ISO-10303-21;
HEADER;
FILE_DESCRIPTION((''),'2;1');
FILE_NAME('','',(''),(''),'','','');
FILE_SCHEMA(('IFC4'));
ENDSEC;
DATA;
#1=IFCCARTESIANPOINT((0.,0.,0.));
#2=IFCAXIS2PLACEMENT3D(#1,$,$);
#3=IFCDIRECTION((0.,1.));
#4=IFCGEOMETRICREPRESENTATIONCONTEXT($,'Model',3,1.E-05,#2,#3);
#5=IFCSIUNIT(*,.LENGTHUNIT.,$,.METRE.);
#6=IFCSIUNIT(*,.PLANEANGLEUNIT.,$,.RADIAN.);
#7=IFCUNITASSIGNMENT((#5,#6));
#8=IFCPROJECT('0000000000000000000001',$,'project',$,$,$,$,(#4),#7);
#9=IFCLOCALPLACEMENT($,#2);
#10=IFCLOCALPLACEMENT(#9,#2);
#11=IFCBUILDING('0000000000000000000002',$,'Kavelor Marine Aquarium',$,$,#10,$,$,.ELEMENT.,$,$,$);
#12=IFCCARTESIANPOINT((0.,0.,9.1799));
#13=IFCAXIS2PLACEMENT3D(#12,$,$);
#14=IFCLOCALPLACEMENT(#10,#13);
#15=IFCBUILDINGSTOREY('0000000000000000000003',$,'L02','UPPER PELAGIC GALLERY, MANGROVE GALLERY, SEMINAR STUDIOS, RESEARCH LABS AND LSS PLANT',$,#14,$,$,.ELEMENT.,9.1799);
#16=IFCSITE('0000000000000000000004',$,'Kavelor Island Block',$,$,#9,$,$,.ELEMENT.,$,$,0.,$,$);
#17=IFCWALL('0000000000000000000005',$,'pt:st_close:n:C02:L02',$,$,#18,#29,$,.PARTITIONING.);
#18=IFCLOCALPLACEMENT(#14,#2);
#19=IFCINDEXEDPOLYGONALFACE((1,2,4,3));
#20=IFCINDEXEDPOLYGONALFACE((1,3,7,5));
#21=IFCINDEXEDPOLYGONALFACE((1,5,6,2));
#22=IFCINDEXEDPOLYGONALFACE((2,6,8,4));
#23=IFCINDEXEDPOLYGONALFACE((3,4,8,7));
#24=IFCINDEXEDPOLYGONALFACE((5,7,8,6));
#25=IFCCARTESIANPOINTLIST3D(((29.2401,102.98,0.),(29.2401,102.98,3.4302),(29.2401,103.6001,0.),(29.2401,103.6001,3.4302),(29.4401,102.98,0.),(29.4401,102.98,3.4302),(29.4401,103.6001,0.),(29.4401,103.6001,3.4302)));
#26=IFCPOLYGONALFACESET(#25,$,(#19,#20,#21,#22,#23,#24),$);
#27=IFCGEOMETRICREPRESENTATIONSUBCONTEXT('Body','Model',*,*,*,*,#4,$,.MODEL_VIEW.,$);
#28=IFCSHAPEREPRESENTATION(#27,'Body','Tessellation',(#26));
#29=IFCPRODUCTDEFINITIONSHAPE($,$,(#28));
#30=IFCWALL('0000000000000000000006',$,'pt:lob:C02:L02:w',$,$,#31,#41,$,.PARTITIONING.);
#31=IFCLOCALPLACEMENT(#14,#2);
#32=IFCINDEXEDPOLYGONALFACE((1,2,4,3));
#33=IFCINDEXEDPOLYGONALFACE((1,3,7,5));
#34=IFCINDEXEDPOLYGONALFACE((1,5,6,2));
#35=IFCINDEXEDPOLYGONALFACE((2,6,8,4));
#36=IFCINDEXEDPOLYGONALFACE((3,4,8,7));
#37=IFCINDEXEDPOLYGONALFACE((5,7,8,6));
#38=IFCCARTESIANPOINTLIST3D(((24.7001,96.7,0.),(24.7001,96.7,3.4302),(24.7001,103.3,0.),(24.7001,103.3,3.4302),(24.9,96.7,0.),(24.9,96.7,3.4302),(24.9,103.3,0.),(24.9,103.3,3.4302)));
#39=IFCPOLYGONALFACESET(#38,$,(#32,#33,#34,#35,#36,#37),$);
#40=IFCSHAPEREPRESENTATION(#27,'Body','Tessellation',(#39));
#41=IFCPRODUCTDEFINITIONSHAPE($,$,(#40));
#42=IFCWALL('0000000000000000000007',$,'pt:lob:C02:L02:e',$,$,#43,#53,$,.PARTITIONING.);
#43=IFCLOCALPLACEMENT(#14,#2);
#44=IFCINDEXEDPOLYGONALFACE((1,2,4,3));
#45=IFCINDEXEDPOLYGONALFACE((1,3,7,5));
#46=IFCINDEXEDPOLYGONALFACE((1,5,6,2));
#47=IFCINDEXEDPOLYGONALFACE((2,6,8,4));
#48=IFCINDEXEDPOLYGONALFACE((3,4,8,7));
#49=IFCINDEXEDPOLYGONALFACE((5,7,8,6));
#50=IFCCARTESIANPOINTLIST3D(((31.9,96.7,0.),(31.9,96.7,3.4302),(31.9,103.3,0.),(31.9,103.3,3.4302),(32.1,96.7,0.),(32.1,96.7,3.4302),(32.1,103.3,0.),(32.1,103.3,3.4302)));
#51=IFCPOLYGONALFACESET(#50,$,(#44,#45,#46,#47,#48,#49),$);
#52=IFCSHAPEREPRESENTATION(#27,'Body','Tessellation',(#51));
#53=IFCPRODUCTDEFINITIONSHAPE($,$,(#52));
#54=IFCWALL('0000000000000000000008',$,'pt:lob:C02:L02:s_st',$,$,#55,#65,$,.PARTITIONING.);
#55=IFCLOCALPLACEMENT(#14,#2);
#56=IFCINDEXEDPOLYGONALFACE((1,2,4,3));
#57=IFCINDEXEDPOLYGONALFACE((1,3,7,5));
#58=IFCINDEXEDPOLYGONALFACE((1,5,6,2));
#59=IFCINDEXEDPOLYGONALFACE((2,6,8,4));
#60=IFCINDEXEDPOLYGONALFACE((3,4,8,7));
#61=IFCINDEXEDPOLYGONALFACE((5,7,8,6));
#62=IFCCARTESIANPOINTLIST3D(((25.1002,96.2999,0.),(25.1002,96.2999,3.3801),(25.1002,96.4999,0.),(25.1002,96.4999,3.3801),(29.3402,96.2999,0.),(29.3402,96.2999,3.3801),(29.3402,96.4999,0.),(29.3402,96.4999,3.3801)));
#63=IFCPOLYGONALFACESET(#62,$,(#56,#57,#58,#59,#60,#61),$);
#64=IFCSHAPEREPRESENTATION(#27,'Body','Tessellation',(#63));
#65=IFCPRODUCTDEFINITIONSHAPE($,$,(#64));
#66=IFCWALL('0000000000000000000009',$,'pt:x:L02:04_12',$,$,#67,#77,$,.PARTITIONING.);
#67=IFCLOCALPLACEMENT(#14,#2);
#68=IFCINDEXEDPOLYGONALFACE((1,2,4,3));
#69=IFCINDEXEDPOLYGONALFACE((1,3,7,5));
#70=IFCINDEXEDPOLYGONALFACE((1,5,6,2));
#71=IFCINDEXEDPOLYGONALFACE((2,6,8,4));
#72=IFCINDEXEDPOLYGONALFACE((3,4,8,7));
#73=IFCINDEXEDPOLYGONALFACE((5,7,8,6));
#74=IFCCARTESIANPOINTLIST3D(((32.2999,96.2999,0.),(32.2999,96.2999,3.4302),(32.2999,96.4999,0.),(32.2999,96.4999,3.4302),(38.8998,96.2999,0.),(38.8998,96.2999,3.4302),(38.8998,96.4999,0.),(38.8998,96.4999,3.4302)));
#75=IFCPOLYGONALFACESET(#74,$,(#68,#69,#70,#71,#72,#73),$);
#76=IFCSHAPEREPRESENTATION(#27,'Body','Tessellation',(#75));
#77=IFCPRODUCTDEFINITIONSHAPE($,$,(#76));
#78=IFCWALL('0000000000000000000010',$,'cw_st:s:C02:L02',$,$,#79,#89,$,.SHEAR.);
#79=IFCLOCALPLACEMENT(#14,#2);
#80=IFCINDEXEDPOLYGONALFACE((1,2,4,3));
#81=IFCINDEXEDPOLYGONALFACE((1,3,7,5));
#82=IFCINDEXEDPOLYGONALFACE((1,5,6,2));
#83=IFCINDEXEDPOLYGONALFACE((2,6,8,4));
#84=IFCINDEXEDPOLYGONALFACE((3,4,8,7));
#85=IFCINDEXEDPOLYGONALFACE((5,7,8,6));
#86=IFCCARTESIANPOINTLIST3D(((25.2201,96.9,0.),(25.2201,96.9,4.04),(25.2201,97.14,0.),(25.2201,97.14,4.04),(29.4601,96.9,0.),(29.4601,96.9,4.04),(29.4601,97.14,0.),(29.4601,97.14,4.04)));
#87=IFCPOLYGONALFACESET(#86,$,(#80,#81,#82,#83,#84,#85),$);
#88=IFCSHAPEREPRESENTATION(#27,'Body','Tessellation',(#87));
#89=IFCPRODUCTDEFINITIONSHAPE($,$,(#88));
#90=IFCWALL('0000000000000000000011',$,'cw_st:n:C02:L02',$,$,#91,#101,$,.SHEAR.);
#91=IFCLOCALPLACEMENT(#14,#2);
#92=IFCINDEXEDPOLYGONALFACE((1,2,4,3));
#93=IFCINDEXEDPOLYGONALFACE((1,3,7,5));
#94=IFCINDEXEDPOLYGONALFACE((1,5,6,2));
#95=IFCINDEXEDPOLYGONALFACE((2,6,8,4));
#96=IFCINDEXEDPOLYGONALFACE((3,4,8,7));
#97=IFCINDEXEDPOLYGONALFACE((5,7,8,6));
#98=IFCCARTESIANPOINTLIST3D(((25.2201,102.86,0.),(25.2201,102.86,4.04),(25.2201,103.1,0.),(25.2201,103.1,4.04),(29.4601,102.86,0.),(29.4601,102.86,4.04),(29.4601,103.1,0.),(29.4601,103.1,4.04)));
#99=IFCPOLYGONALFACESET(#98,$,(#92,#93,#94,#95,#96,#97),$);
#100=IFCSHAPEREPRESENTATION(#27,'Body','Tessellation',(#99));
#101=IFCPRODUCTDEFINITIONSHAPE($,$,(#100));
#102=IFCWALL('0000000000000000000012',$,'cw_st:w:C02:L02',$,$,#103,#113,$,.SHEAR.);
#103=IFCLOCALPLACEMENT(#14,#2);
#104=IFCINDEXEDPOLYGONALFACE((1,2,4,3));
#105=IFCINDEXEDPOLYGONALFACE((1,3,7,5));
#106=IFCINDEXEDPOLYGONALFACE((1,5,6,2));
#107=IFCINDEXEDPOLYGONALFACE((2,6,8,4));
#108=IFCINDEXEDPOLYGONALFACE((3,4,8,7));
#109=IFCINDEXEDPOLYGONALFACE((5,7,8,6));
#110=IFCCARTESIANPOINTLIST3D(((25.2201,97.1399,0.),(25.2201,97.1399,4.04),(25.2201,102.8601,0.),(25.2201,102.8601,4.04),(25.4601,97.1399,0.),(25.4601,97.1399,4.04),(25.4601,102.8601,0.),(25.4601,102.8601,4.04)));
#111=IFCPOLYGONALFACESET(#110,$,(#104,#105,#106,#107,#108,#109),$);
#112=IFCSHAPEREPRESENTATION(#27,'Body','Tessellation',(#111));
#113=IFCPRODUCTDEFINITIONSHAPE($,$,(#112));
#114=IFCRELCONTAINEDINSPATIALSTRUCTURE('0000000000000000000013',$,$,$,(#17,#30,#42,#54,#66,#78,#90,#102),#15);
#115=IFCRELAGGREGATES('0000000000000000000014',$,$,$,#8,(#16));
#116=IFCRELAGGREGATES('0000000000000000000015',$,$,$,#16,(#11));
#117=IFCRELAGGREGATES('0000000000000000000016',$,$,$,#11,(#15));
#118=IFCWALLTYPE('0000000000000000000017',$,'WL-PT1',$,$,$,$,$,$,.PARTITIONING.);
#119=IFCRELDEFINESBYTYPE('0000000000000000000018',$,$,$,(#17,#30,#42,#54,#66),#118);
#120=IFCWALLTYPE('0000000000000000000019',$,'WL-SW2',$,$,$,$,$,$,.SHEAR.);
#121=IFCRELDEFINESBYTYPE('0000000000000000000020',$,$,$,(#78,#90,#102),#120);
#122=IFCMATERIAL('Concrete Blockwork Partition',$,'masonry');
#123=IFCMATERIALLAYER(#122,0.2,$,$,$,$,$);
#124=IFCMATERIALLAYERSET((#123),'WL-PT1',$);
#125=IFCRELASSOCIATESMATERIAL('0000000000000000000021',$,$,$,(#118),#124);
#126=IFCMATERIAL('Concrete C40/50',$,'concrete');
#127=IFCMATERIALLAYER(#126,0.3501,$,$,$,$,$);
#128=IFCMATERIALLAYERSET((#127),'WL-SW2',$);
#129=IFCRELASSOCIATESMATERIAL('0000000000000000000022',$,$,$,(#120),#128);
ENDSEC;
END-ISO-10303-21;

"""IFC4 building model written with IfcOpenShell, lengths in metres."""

from ifc_helpers import new_model, si_unit, direction, frame, frame_2d, origin, place, context, subcontext, project, spatial, rectangle, extrude, material, layer, layer_set, type_object, element, save


model = new_model("IFC4")

# Units and contexts
model_context = context("Model", 3, precision=1e-05, world=origin(), true_north=direction((0.0, 1.0)))
body_context = subcontext(model_context, "Body", "Model", "MODEL_VIEW")
ifc_project = project(units=[si_unit("LENGTHUNIT", "METRE"), si_unit("PLANEANGLEUNIT", "RADIAN")], contexts=[model_context])

# Site, building, storey
site_placement = place(None, origin())
site = spatial("IfcSite", under=ifc_project, at=site_placement, Name="Kavelor Island Block", CompositionType="ELEMENT", RefElevation=0.0)
building_placement = place(site_placement, origin())
building = spatial("IfcBuilding", under=site, at=building_placement, Name="Kavelor Marine Aquarium", CompositionType="ELEMENT")
storey_placement = place(building_placement, frame((0.0, 0.0, 9.1799)))
storey = spatial("IfcBuildingStorey", under=building, at=storey_placement, Name="L02", Description="UPPER PELAGIC GALLERY, MANGROVE GALLERY, SEMINAR STUDIOS, RESEARCH LABS AND LSS PLANT", CompositionType="ELEMENT", Elevation=9.1799)

# Walls
ifc_material_1 = material(Name="Concrete Blockwork Partition", Category="masonry")
ifc_layer_1 = layer(ifc_material_1, 0.2)
ifc_layer_set_1 = layer_set([ifc_layer_1], Name="WL-PT1")
wall_type_1 = type_object("IfcWallType", Name="WL-PT1", PredefinedType="PARTITIONING", material=ifc_layer_set_1)
wall_1_placement = place(storey_placement, frame((29.3401, 102.98, 0.0), z_axis=(0.0, 0.0, 1.0), x_axis=(0.0, 1.0, 0.0)))
element("IfcWall", 1, at=wall_1_placement, inside=storey, type_object=wall_type_1, Name="pt:st_close:n:C02:L02", PredefinedType="PARTITIONING", context=body_context, shape_type="SweptSolid", body=[
    extrude(rectangle(XDim=0.6201, YDim=0.2, at=frame_2d((0.3101, 0.0))), origin(), (0.0, 0.0, 1.0), 3.4302),
])
for number, where, z_axis, x_axis, name in (
    (2, (24.8, 96.7, 0.0), (0.0, 0.0, 1.0), (0.0, 1.0, 0.0), "pt:lob:C02:L02:w"),
    (3, (32.0, 96.7, 0.0), (0.0, 0.0, 1.0), (0.0, 1.0, 0.0), "pt:lob:C02:L02:e"),
):
    element("IfcWall", number, at=place(storey_placement, frame(where, z_axis=z_axis, x_axis=x_axis)), inside=storey, type_object=wall_type_1, Name=name, PredefinedType="PARTITIONING", context=body_context, shape_type="SweptSolid", body=[
        extrude(rectangle(XDim=6.6001, YDim=0.2, at=frame_2d((3.3, 0.0))), origin(), (0.0, 0.0, 1.0), 3.4302),
    ])
wall_2_placement = place(storey_placement, frame((25.1001, 96.3999, 0.0), z_axis=(0.0, 0.0, 1.0), x_axis=(1.0, 0.0, 0.0)))
element("IfcWall", 4, at=wall_2_placement, inside=storey, type_object=wall_type_1, Name="pt:lob:C02:L02:s_st", PredefinedType="PARTITIONING", context=body_context, shape_type="SweptSolid", body=[
    extrude(rectangle(XDim=4.24, YDim=0.2, at=frame_2d((2.1201, 0.0))), origin(), (0.0, 0.0, 1.0), 3.3801),
])

# Walls
wall_3_placement = place(storey_placement, frame((32.3, 96.3999, 0.0), z_axis=(0.0, 0.0, 1.0), x_axis=(1.0, 0.0, 0.0)))
element("IfcWall", 5, at=wall_3_placement, inside=storey, type_object=wall_type_1, Name="pt:x:L02:04_12", PredefinedType="PARTITIONING", context=body_context, shape_type="SweptSolid", body=[
    extrude(rectangle(XDim=6.5999, YDim=0.2, at=frame_2d((3.2998, 0.0))), origin(), (0.0, 0.0, 1.0), 3.4302),
])
ifc_material_2 = material(Name="Concrete C40/50", Category="concrete")
ifc_layer_2 = layer(ifc_material_2, 0.3501)
ifc_layer_set_2 = layer_set([ifc_layer_2], Name="WL-SW2")
wall_type_2 = type_object("IfcWallType", Name="WL-SW2", PredefinedType="SHEAR", material=ifc_layer_set_2)
for number, where, z_axis, x_axis, name in (
    (6, (25.22, 97.02, 0.0), (0.0, 0.0, 1.0), (1.0, 0.0, 0.0), "cw_st:s:C02:L02"),
    (7, (25.22, 102.98, 0.0), (0.0, 0.0, 1.0), (1.0, 0.0, 0.0), "cw_st:n:C02:L02"),
):
    element("IfcWall", number, at=place(storey_placement, frame(where, z_axis=z_axis, x_axis=x_axis)), inside=storey, type_object=wall_type_2, Name=name, PredefinedType="SHEAR", context=body_context, shape_type="SweptSolid", body=[
        extrude(rectangle(XDim=4.24, YDim=0.24, at=frame_2d((2.1201, 0.0))), origin(), (0.0, 0.0, 1.0), 4.04),
    ])
wall_4_placement = place(storey_placement, frame((25.3401, 97.1399, 0.0), z_axis=(0.0, 0.0, 1.0), x_axis=(0.0, 1.0, 0.0)))
element("IfcWall", 8, at=wall_4_placement, inside=storey, type_object=wall_type_2, Name="cw_st:w:C02:L02", PredefinedType="SHEAR", context=body_context, shape_type="SweptSolid", body=[
    extrude(rectangle(XDim=5.7202, YDim=0.24, at=frame_2d((2.8601, 0.0))), origin(), (0.0, 0.0, 1.0), 4.04),
])

save(model, "model.ifc")
